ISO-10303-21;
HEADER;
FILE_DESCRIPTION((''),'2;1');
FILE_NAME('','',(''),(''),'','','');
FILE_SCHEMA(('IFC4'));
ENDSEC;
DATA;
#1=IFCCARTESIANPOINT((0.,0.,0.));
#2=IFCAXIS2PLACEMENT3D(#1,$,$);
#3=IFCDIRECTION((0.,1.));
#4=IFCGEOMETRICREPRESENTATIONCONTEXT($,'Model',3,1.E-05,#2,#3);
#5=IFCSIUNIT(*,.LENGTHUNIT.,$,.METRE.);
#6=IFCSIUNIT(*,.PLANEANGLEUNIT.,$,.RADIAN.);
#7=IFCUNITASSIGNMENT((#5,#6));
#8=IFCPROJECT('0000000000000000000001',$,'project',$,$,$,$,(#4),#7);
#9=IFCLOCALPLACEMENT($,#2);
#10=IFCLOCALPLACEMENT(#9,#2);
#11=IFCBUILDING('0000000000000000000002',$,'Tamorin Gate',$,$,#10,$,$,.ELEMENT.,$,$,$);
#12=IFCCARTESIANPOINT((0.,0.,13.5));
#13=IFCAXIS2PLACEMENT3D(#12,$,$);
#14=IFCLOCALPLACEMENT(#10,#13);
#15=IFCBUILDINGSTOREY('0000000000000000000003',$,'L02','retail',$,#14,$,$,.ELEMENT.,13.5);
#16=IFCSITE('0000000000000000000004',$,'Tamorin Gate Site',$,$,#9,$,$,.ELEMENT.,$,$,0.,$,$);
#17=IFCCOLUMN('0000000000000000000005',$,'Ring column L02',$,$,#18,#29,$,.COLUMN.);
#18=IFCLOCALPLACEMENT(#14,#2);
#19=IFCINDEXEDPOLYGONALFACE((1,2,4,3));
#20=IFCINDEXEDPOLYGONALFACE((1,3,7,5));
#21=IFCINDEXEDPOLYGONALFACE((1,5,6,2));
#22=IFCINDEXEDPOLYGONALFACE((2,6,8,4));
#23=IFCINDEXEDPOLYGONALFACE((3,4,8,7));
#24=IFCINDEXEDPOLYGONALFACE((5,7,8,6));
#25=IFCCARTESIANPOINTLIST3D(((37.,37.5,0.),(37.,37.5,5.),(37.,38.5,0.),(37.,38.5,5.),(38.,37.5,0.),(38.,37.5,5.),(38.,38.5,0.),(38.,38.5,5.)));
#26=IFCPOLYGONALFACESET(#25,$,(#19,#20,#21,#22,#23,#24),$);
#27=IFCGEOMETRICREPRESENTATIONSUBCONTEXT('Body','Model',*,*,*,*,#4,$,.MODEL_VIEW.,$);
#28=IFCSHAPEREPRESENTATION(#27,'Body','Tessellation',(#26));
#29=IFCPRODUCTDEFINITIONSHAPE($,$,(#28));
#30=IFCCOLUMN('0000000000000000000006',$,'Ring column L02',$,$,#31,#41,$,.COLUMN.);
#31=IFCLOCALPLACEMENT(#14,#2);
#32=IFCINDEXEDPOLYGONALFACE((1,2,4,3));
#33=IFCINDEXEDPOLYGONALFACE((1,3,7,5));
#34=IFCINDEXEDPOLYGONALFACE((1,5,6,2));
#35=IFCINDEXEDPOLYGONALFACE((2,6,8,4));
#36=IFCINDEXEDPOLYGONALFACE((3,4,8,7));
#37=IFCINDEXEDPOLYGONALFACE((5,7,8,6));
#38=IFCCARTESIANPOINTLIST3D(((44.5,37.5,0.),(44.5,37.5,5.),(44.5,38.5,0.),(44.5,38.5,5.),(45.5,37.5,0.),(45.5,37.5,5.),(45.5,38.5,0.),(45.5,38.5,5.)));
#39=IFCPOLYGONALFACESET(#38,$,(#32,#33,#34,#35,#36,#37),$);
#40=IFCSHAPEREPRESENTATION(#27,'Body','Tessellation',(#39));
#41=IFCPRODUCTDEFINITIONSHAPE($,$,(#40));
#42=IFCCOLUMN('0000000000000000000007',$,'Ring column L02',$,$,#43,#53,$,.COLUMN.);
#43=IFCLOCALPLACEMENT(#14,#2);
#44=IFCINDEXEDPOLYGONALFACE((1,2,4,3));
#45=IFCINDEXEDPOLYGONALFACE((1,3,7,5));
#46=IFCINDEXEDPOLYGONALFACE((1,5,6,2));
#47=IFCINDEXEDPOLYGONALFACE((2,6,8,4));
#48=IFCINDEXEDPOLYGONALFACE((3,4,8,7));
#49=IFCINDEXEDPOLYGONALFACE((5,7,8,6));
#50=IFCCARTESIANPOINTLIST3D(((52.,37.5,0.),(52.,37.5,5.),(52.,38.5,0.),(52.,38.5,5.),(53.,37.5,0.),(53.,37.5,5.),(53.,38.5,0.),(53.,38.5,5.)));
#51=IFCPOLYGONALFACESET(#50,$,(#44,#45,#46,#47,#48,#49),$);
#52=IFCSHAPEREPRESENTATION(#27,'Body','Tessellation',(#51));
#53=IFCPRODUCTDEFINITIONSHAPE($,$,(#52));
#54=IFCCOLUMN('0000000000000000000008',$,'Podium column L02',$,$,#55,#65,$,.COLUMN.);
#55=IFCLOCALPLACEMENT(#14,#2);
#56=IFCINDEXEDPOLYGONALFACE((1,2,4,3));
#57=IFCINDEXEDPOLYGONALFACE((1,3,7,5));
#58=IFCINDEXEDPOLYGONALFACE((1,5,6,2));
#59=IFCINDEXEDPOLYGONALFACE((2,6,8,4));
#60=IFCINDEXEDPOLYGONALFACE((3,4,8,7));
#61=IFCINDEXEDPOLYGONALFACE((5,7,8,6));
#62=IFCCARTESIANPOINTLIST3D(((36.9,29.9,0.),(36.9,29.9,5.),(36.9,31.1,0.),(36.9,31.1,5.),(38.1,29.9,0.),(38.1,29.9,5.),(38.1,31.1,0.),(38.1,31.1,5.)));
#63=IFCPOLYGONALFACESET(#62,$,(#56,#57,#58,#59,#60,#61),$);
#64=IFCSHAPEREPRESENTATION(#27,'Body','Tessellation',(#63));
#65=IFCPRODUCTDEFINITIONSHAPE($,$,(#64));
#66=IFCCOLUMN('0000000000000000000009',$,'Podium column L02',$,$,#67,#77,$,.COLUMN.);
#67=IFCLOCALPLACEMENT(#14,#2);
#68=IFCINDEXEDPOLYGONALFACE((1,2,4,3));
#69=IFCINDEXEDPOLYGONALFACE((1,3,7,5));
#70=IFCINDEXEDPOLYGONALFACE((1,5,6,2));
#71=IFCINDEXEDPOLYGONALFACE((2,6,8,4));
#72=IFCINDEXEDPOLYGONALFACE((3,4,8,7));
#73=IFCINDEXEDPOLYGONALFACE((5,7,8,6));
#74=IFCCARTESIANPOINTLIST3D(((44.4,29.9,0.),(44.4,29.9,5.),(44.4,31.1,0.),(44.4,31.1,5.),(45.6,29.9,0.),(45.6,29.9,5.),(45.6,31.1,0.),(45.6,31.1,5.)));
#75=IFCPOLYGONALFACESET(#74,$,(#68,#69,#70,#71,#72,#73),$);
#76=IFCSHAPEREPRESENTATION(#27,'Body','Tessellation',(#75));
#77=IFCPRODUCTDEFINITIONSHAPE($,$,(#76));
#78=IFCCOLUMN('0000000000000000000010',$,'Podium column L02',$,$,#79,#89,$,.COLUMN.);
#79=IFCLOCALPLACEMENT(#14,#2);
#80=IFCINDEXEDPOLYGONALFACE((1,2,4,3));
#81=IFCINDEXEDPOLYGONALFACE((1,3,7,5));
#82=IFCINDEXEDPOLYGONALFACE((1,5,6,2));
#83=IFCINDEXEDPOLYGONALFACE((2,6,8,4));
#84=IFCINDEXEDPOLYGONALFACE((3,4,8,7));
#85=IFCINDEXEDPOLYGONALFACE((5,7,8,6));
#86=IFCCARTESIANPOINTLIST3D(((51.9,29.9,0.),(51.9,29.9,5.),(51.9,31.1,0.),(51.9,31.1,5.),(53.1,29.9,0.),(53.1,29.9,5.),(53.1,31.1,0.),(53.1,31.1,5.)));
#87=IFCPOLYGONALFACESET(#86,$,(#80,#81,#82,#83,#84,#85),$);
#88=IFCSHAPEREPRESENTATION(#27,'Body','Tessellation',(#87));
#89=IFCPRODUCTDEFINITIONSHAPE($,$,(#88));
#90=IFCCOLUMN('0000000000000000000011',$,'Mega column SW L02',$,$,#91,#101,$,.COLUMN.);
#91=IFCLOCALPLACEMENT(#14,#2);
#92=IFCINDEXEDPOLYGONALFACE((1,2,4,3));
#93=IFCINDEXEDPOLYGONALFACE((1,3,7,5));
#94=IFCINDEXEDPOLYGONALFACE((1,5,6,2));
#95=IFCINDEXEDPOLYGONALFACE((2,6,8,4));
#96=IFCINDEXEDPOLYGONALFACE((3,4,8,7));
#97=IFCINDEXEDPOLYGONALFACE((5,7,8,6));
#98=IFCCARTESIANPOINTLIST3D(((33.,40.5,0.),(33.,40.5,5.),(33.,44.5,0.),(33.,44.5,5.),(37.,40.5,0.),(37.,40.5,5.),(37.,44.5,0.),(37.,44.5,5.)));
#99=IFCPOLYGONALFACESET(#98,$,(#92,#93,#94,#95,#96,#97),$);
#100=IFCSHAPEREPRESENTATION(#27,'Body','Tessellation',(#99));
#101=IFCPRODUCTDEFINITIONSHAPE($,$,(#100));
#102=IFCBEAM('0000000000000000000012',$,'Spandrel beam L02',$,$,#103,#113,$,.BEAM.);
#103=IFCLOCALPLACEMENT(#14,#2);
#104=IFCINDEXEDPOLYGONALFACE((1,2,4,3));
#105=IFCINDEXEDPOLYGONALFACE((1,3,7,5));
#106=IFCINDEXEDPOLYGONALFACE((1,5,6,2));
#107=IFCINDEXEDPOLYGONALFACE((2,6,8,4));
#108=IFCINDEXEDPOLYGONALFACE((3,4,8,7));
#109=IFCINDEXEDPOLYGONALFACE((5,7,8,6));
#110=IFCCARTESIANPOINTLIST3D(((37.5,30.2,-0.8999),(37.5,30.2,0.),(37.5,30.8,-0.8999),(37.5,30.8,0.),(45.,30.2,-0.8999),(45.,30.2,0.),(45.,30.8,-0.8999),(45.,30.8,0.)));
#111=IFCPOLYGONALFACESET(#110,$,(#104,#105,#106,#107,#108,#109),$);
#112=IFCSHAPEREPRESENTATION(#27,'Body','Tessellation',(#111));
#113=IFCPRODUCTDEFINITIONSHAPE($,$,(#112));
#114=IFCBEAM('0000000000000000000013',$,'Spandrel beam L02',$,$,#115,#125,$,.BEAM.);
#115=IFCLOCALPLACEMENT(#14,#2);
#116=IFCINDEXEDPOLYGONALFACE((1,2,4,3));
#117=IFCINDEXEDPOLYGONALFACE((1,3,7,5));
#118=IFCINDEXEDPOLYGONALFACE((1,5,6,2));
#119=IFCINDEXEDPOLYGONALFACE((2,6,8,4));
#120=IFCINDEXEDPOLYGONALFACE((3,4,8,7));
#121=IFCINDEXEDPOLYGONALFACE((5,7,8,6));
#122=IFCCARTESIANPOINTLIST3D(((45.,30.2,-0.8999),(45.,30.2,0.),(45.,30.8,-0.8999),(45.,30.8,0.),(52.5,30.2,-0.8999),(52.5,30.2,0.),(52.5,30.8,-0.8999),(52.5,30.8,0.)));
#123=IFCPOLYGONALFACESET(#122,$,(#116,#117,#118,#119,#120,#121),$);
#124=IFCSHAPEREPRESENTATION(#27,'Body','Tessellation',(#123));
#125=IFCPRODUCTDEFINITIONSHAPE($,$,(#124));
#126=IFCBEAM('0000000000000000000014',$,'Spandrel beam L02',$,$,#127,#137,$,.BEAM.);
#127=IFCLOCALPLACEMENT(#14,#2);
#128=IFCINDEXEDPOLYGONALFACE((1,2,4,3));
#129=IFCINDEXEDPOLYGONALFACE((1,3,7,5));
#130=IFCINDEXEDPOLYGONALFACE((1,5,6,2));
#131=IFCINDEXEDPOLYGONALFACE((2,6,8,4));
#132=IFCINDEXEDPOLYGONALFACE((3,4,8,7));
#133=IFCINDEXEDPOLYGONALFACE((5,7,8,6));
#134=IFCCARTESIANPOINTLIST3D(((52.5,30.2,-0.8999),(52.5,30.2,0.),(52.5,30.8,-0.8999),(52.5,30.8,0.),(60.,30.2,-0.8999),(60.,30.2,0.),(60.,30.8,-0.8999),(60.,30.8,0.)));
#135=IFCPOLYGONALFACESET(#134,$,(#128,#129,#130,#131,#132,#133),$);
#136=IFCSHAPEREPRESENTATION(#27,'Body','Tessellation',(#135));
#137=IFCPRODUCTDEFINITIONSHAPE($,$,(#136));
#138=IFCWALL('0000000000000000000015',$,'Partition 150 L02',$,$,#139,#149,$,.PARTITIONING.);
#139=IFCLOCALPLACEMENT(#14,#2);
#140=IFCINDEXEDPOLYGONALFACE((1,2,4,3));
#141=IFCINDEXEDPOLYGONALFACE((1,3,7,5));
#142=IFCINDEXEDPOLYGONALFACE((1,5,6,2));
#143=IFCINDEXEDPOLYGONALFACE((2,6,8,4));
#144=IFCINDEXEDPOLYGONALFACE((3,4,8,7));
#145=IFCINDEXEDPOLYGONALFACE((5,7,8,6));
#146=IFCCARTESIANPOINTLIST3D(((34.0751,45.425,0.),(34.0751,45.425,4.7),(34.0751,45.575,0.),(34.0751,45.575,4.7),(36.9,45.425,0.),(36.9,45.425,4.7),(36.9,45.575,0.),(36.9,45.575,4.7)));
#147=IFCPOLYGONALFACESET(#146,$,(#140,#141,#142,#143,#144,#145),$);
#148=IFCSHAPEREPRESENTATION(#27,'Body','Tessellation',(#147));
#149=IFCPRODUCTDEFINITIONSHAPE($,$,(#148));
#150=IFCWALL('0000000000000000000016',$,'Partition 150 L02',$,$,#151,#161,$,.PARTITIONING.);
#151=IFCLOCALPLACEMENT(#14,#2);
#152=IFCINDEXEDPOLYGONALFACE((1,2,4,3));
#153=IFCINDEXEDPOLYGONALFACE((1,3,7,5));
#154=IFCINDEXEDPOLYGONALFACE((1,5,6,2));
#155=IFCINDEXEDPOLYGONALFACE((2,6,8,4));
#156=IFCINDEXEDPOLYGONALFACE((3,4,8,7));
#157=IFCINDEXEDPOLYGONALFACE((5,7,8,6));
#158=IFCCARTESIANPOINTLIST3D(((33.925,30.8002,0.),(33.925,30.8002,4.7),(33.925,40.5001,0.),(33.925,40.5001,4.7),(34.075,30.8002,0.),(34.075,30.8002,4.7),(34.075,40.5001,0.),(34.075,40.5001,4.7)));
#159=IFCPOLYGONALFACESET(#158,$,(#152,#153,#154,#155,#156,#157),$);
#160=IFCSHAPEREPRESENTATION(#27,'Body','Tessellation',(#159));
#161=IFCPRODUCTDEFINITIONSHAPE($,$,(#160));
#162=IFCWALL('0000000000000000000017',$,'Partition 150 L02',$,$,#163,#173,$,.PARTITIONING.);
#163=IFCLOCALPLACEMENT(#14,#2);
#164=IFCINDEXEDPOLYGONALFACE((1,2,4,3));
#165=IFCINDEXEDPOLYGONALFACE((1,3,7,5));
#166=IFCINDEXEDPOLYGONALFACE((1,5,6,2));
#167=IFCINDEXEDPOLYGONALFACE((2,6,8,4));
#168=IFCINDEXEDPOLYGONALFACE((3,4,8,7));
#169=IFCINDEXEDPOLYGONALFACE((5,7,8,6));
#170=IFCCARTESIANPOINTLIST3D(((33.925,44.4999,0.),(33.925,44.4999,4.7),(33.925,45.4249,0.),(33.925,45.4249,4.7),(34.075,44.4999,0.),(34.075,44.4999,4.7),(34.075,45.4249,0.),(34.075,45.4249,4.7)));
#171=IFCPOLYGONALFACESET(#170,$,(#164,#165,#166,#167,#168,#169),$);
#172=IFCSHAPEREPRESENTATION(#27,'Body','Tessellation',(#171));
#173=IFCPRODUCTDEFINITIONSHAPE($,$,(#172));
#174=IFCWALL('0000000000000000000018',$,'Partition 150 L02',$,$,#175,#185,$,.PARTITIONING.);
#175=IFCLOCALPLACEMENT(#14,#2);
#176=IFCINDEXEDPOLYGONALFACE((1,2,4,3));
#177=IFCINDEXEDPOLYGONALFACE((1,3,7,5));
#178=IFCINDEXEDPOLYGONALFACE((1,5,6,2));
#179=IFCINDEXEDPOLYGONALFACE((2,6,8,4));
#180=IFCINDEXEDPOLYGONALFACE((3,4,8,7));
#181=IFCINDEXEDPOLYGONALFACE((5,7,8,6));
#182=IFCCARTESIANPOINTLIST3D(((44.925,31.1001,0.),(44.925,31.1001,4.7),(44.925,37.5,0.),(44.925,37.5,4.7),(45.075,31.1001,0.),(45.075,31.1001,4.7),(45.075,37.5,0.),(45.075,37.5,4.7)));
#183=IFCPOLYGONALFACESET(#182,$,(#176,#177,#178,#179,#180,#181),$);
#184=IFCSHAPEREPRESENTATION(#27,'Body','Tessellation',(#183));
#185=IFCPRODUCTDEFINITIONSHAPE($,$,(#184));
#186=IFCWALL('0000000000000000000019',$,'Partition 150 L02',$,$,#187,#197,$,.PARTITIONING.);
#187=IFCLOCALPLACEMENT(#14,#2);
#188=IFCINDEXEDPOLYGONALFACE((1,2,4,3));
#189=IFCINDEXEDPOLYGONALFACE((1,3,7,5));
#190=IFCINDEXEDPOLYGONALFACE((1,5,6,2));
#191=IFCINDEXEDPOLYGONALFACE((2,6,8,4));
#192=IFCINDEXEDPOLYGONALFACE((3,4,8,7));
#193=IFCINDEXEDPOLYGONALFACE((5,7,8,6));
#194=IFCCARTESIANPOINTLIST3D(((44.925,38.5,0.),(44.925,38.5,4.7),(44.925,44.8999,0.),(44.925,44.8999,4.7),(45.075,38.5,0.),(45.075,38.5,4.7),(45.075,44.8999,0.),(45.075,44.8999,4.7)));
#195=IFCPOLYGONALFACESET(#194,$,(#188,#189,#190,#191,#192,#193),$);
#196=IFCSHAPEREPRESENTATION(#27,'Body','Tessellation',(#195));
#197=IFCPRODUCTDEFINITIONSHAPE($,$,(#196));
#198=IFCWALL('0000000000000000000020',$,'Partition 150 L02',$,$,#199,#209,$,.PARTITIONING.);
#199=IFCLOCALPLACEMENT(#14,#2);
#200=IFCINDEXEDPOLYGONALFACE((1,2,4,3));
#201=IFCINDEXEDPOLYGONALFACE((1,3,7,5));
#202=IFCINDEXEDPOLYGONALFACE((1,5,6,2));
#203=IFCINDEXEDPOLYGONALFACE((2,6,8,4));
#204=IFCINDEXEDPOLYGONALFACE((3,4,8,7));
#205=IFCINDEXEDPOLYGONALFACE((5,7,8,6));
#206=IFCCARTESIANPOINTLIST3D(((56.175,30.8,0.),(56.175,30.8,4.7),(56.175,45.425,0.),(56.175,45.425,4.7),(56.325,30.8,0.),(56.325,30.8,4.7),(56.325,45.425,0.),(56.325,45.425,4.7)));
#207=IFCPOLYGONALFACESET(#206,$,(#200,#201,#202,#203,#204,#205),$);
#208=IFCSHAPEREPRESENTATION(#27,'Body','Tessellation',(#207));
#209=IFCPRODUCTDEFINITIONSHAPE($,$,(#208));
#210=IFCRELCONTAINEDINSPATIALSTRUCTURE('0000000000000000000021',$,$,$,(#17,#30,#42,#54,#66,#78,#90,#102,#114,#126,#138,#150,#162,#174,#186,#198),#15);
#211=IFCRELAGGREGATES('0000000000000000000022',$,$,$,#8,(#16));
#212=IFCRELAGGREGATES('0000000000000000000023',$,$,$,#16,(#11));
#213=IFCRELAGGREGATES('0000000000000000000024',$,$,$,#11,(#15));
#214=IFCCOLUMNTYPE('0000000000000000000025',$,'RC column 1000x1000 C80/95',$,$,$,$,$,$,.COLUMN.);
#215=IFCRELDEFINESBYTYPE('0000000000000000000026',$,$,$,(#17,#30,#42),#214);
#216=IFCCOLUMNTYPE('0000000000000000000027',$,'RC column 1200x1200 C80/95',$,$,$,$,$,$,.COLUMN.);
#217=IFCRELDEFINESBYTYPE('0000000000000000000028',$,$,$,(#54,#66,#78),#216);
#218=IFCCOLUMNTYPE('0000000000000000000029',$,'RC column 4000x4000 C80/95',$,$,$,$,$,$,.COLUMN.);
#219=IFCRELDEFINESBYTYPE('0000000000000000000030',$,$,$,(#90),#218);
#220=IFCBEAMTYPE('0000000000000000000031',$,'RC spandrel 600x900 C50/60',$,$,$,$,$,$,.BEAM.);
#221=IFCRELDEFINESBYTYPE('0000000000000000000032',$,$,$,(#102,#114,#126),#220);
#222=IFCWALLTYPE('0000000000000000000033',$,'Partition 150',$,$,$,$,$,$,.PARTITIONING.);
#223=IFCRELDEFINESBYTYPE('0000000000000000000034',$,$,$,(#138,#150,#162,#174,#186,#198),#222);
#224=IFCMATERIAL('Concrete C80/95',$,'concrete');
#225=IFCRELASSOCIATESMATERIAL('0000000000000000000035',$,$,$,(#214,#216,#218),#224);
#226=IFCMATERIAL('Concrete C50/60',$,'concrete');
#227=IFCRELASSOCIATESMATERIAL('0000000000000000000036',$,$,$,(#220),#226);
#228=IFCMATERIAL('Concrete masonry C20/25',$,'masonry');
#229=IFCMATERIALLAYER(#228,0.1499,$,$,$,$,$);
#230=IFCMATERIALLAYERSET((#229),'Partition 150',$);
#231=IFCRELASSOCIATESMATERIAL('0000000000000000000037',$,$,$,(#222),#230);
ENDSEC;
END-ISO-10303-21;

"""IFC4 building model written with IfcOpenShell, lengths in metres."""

from ifc_helpers import new_model, si_unit, direction, frame, frame_2d, origin, origin_2d, place, context, subcontext, project, spatial, rectangle, extrude, material, layer, layer_set, material_profile, profile_set, type_object, element, save


model = new_model("IFC4")

# Units and contexts
model_context = context("Model", 3, precision=1e-05, world=origin(), true_north=direction((0.0, 1.0)))
body_context = subcontext(model_context, "Body", "Model", "MODEL_VIEW")
ifc_project = project(units=[si_unit("LENGTHUNIT", "METRE"), si_unit("PLANEANGLEUNIT", "RADIAN")], contexts=[model_context])

# Site, building, storey
site_placement = place(None, origin())
site = spatial("IfcSite", under=ifc_project, at=site_placement, Name="Tamorin Gate Site", CompositionType="ELEMENT", RefElevation=0.0)
building_placement = place(site_placement, origin())
building = spatial("IfcBuilding", under=site, at=building_placement, Name="Tamorin Gate", CompositionType="ELEMENT")
storey_placement = place(building_placement, frame((0.0, 0.0, 13.5)))
storey = spatial("IfcBuildingStorey", under=building, at=storey_placement, Name="L02", Description="retail", CompositionType="ELEMENT", Elevation=13.5)

# Columns
ifc_material_1 = material(Name="Concrete C80/95", Category="concrete")
ifc_material_profile_1 = material_profile(ifc_material_1, rectangle(XDim=1.0, YDim=1.0, at=origin_2d()), Name="RC 1000x1000")
ifc_profile_set_1 = profile_set([ifc_material_profile_1], Name="Concrete C80/95")
column_type_1 = type_object("IfcColumnType", Name="RC column 1000x1000 C80/95", PredefinedType="COLUMN", material=ifc_profile_set_1)
for number, where, z_axis, x_axis, name in (
    (1, (37.5, 38.0, 0.0), (0.0, 0.0, 1.0), (1.0, 0.0, 0.0), "Ring column L02"),
    (2, (45.0, 38.0, 0.0), (0.0, 0.0, 1.0), (1.0, 0.0, 0.0), "Ring column L02"),
    (3, (52.5, 38.0, 0.0), (0.0, 0.0, 1.0), (1.0, 0.0, 0.0), "Ring column L02"),
):
    element("IfcColumn", number, at=place(storey_placement, frame(where, z_axis=z_axis, x_axis=x_axis)), inside=storey, type_object=column_type_1, Name=name, PredefinedType="COLUMN", context=body_context, shape_type="SweptSolid", body=[
        extrude(rectangle(XDim=1.0, YDim=1.0, at=origin_2d()), origin(), (0.0, 0.0, 1.0), 5.0),
    ])
ifc_material_profile_2 = material_profile(ifc_material_1, rectangle(XDim=1.2, YDim=1.2, at=origin_2d()), Name="RC 1200x1200")
ifc_profile_set_2 = profile_set([ifc_material_profile_2], Name="Concrete C80/95")
column_type_2 = type_object("IfcColumnType", Name="RC column 1200x1200 C80/95", PredefinedType="COLUMN", material=ifc_profile_set_2)
for number, where, z_axis, x_axis, name in (
    (4, (37.5, 30.5, 0.0), (0.0, 0.0, 1.0), (1.0, 0.0, 0.0), "Podium column L02"),
    (5, (45.0, 30.5, 0.0), (0.0, 0.0, 1.0), (1.0, 0.0, 0.0), "Podium column L02"),
    (6, (52.5, 30.5, 0.0), (0.0, 0.0, 1.0), (1.0, 0.0, 0.0), "Podium column L02"),
):
    element("IfcColumn", number, at=place(storey_placement, frame(where, z_axis=z_axis, x_axis=x_axis)), inside=storey, type_object=column_type_2, Name=name, PredefinedType="COLUMN", context=body_context, shape_type="SweptSolid", body=[
        extrude(rectangle(XDim=1.2, YDim=1.2, at=origin_2d()), origin(), (0.0, 0.0, 1.0), 5.0),
    ])
ifc_material_profile_3 = material_profile(ifc_material_1, rectangle(XDim=4.0, YDim=4.0, at=origin_2d()), Name="RC 4000x4000")
ifc_profile_set_3 = profile_set([ifc_material_profile_3], Name="Concrete C80/95")
column_type_3 = type_object("IfcColumnType", Name="RC column 4000x4000 C80/95", PredefinedType="COLUMN", material=ifc_profile_set_3)
column_placement = place(storey_placement, frame((35.0, 42.5, 0.0), z_axis=(0.0, 0.0, 1.0), x_axis=(1.0, 0.0, 0.0)))
element("IfcColumn", 7, at=column_placement, inside=storey, type_object=column_type_3, Name="Mega column SW L02", PredefinedType="COLUMN", context=body_context, shape_type="SweptSolid", body=[
    extrude(rectangle(XDim=4.0, YDim=4.0, at=origin_2d()), origin(), (0.0, 0.0, 1.0), 5.0),
])

# Beams
ifc_material_2 = material(Name="Concrete C50/60", Category="concrete")
ifc_material_profile_4 = material_profile(ifc_material_2, rectangle(XDim=0.6001, YDim=0.8999, at=origin_2d()), Name="RC 600x900")
ifc_profile_set_4 = profile_set([ifc_material_profile_4], Name="Concrete C50/60")
beam_type = type_object("IfcBeamType", Name="RC spandrel 600x900 C50/60", PredefinedType="BEAM", material=ifc_profile_set_4)
for number, where, z_axis, x_axis, name in (
    (8, (37.5, 30.5, -0.45), (1.0, 0.0, 0.0), (0.0, 1.0, 0.0), "Spandrel beam L02"),
    (9, (45.0, 30.5, -0.45), (1.0, 0.0, 0.0), (0.0, 1.0, 0.0), "Spandrel beam L02"),
    (10, (52.5, 30.5, -0.45), (1.0, 0.0, 0.0), (0.0, 1.0, 0.0), "Spandrel beam L02"),
):
    element("IfcBeam", number, at=place(storey_placement, frame(where, z_axis=z_axis, x_axis=x_axis)), inside=storey, type_object=beam_type, Name=name, PredefinedType="BEAM", context=body_context, shape_type="SweptSolid", body=[
        extrude(rectangle(XDim=0.6001, YDim=0.8999, at=origin_2d()), origin(), (0.0, 0.0, 1.0), 7.5),
    ])

# Walls
ifc_material_3 = material(Name="Concrete masonry C20/25", Category="masonry")
ifc_layer_1 = layer(ifc_material_3, 0.1499)
ifc_layer_set_1 = layer_set([ifc_layer_1], Name="Partition 150")
wall_type_1 = type_object("IfcWallType", Name="Partition 150", PredefinedType="PARTITIONING", material=ifc_layer_set_1)
wall_1_placement = place(storey_placement, frame((34.075, 45.5, 0.0), z_axis=(0.0, 0.0, 1.0), x_axis=(1.0, 0.0, 0.0)))
element("IfcWall", 11, at=wall_1_placement, inside=storey, type_object=wall_type_1, Name="Partition 150 L02", PredefinedType="PARTITIONING", context=body_context, shape_type="SweptSolid", body=[
    extrude(rectangle(XDim=2.825, YDim=0.1499, at=frame_2d((1.4126, 0.0))), origin(), (0.0, 0.0, 1.0), 4.7),
])
wall_2_placement = place(storey_placement, frame((34.0, 30.8, 0.0), z_axis=(0.0, 0.0, 1.0), x_axis=(0.0, 1.0, 0.0)))
element("IfcWall", 12, at=wall_2_placement, inside=storey, type_object=wall_type_1, Name="Partition 150 L02", PredefinedType="PARTITIONING", context=body_context, shape_type="SweptSolid", body=[
    extrude(rectangle(XDim=9.7, YDim=0.1499, at=frame_2d((4.8501, 0.0))), origin(), (0.0, 0.0, 1.0), 4.7),
])
wall_3_placement = place(storey_placement, frame((34.0, 44.5, 0.0), z_axis=(0.0, 0.0, 1.0), x_axis=(0.0, 1.0, 0.0)))
element("IfcWall", 13, at=wall_3_placement, inside=storey, type_object=wall_type_1, Name="Partition 150 L02", PredefinedType="PARTITIONING", context=body_context, shape_type="SweptSolid", body=[
    extrude(rectangle(XDim=0.925, YDim=0.1499, at=frame_2d((0.4624, 0.0))), origin(), (0.0, 0.0, 1.0), 4.7),
])
for number, where, z_axis, x_axis, name in (
    (14, (45.0, 31.1001, 0.0), (0.0, 0.0, 1.0), (0.0, 1.0, 0.0), "Partition 150 L02"),
    (15, (45.0, 38.5, 0.0), (0.0, 0.0, 1.0), (0.0, 1.0, 0.0), "Partition 150 L02"),
):
    element("IfcWall", number, at=place(storey_placement, frame(where, z_axis=z_axis, x_axis=x_axis)), inside=storey, type_object=wall_type_1, Name=name, PredefinedType="PARTITIONING", context=body_context, shape_type="SweptSolid", body=[
        extrude(rectangle(XDim=6.3999, YDim=0.1499, at=frame_2d((3.2, 0.0))), origin(), (0.0, 0.0, 1.0), 4.7),
    ])
wall_4_placement = place(storey_placement, frame((56.25, 30.8, 0.0), z_axis=(0.0, 0.0, 1.0), x_axis=(0.0, 1.0, 0.0)))
element("IfcWall", 16, at=wall_4_placement, inside=storey, type_object=wall_type_1, Name="Partition 150 L02", PredefinedType="PARTITIONING", context=body_context, shape_type="SweptSolid", body=[
    extrude(rectangle(XDim=14.625, YDim=0.1499, at=frame_2d((7.3125, 0.0))), origin(), (0.0, 0.0, 1.0), 4.7),
])

save(model, "model.ifc")
